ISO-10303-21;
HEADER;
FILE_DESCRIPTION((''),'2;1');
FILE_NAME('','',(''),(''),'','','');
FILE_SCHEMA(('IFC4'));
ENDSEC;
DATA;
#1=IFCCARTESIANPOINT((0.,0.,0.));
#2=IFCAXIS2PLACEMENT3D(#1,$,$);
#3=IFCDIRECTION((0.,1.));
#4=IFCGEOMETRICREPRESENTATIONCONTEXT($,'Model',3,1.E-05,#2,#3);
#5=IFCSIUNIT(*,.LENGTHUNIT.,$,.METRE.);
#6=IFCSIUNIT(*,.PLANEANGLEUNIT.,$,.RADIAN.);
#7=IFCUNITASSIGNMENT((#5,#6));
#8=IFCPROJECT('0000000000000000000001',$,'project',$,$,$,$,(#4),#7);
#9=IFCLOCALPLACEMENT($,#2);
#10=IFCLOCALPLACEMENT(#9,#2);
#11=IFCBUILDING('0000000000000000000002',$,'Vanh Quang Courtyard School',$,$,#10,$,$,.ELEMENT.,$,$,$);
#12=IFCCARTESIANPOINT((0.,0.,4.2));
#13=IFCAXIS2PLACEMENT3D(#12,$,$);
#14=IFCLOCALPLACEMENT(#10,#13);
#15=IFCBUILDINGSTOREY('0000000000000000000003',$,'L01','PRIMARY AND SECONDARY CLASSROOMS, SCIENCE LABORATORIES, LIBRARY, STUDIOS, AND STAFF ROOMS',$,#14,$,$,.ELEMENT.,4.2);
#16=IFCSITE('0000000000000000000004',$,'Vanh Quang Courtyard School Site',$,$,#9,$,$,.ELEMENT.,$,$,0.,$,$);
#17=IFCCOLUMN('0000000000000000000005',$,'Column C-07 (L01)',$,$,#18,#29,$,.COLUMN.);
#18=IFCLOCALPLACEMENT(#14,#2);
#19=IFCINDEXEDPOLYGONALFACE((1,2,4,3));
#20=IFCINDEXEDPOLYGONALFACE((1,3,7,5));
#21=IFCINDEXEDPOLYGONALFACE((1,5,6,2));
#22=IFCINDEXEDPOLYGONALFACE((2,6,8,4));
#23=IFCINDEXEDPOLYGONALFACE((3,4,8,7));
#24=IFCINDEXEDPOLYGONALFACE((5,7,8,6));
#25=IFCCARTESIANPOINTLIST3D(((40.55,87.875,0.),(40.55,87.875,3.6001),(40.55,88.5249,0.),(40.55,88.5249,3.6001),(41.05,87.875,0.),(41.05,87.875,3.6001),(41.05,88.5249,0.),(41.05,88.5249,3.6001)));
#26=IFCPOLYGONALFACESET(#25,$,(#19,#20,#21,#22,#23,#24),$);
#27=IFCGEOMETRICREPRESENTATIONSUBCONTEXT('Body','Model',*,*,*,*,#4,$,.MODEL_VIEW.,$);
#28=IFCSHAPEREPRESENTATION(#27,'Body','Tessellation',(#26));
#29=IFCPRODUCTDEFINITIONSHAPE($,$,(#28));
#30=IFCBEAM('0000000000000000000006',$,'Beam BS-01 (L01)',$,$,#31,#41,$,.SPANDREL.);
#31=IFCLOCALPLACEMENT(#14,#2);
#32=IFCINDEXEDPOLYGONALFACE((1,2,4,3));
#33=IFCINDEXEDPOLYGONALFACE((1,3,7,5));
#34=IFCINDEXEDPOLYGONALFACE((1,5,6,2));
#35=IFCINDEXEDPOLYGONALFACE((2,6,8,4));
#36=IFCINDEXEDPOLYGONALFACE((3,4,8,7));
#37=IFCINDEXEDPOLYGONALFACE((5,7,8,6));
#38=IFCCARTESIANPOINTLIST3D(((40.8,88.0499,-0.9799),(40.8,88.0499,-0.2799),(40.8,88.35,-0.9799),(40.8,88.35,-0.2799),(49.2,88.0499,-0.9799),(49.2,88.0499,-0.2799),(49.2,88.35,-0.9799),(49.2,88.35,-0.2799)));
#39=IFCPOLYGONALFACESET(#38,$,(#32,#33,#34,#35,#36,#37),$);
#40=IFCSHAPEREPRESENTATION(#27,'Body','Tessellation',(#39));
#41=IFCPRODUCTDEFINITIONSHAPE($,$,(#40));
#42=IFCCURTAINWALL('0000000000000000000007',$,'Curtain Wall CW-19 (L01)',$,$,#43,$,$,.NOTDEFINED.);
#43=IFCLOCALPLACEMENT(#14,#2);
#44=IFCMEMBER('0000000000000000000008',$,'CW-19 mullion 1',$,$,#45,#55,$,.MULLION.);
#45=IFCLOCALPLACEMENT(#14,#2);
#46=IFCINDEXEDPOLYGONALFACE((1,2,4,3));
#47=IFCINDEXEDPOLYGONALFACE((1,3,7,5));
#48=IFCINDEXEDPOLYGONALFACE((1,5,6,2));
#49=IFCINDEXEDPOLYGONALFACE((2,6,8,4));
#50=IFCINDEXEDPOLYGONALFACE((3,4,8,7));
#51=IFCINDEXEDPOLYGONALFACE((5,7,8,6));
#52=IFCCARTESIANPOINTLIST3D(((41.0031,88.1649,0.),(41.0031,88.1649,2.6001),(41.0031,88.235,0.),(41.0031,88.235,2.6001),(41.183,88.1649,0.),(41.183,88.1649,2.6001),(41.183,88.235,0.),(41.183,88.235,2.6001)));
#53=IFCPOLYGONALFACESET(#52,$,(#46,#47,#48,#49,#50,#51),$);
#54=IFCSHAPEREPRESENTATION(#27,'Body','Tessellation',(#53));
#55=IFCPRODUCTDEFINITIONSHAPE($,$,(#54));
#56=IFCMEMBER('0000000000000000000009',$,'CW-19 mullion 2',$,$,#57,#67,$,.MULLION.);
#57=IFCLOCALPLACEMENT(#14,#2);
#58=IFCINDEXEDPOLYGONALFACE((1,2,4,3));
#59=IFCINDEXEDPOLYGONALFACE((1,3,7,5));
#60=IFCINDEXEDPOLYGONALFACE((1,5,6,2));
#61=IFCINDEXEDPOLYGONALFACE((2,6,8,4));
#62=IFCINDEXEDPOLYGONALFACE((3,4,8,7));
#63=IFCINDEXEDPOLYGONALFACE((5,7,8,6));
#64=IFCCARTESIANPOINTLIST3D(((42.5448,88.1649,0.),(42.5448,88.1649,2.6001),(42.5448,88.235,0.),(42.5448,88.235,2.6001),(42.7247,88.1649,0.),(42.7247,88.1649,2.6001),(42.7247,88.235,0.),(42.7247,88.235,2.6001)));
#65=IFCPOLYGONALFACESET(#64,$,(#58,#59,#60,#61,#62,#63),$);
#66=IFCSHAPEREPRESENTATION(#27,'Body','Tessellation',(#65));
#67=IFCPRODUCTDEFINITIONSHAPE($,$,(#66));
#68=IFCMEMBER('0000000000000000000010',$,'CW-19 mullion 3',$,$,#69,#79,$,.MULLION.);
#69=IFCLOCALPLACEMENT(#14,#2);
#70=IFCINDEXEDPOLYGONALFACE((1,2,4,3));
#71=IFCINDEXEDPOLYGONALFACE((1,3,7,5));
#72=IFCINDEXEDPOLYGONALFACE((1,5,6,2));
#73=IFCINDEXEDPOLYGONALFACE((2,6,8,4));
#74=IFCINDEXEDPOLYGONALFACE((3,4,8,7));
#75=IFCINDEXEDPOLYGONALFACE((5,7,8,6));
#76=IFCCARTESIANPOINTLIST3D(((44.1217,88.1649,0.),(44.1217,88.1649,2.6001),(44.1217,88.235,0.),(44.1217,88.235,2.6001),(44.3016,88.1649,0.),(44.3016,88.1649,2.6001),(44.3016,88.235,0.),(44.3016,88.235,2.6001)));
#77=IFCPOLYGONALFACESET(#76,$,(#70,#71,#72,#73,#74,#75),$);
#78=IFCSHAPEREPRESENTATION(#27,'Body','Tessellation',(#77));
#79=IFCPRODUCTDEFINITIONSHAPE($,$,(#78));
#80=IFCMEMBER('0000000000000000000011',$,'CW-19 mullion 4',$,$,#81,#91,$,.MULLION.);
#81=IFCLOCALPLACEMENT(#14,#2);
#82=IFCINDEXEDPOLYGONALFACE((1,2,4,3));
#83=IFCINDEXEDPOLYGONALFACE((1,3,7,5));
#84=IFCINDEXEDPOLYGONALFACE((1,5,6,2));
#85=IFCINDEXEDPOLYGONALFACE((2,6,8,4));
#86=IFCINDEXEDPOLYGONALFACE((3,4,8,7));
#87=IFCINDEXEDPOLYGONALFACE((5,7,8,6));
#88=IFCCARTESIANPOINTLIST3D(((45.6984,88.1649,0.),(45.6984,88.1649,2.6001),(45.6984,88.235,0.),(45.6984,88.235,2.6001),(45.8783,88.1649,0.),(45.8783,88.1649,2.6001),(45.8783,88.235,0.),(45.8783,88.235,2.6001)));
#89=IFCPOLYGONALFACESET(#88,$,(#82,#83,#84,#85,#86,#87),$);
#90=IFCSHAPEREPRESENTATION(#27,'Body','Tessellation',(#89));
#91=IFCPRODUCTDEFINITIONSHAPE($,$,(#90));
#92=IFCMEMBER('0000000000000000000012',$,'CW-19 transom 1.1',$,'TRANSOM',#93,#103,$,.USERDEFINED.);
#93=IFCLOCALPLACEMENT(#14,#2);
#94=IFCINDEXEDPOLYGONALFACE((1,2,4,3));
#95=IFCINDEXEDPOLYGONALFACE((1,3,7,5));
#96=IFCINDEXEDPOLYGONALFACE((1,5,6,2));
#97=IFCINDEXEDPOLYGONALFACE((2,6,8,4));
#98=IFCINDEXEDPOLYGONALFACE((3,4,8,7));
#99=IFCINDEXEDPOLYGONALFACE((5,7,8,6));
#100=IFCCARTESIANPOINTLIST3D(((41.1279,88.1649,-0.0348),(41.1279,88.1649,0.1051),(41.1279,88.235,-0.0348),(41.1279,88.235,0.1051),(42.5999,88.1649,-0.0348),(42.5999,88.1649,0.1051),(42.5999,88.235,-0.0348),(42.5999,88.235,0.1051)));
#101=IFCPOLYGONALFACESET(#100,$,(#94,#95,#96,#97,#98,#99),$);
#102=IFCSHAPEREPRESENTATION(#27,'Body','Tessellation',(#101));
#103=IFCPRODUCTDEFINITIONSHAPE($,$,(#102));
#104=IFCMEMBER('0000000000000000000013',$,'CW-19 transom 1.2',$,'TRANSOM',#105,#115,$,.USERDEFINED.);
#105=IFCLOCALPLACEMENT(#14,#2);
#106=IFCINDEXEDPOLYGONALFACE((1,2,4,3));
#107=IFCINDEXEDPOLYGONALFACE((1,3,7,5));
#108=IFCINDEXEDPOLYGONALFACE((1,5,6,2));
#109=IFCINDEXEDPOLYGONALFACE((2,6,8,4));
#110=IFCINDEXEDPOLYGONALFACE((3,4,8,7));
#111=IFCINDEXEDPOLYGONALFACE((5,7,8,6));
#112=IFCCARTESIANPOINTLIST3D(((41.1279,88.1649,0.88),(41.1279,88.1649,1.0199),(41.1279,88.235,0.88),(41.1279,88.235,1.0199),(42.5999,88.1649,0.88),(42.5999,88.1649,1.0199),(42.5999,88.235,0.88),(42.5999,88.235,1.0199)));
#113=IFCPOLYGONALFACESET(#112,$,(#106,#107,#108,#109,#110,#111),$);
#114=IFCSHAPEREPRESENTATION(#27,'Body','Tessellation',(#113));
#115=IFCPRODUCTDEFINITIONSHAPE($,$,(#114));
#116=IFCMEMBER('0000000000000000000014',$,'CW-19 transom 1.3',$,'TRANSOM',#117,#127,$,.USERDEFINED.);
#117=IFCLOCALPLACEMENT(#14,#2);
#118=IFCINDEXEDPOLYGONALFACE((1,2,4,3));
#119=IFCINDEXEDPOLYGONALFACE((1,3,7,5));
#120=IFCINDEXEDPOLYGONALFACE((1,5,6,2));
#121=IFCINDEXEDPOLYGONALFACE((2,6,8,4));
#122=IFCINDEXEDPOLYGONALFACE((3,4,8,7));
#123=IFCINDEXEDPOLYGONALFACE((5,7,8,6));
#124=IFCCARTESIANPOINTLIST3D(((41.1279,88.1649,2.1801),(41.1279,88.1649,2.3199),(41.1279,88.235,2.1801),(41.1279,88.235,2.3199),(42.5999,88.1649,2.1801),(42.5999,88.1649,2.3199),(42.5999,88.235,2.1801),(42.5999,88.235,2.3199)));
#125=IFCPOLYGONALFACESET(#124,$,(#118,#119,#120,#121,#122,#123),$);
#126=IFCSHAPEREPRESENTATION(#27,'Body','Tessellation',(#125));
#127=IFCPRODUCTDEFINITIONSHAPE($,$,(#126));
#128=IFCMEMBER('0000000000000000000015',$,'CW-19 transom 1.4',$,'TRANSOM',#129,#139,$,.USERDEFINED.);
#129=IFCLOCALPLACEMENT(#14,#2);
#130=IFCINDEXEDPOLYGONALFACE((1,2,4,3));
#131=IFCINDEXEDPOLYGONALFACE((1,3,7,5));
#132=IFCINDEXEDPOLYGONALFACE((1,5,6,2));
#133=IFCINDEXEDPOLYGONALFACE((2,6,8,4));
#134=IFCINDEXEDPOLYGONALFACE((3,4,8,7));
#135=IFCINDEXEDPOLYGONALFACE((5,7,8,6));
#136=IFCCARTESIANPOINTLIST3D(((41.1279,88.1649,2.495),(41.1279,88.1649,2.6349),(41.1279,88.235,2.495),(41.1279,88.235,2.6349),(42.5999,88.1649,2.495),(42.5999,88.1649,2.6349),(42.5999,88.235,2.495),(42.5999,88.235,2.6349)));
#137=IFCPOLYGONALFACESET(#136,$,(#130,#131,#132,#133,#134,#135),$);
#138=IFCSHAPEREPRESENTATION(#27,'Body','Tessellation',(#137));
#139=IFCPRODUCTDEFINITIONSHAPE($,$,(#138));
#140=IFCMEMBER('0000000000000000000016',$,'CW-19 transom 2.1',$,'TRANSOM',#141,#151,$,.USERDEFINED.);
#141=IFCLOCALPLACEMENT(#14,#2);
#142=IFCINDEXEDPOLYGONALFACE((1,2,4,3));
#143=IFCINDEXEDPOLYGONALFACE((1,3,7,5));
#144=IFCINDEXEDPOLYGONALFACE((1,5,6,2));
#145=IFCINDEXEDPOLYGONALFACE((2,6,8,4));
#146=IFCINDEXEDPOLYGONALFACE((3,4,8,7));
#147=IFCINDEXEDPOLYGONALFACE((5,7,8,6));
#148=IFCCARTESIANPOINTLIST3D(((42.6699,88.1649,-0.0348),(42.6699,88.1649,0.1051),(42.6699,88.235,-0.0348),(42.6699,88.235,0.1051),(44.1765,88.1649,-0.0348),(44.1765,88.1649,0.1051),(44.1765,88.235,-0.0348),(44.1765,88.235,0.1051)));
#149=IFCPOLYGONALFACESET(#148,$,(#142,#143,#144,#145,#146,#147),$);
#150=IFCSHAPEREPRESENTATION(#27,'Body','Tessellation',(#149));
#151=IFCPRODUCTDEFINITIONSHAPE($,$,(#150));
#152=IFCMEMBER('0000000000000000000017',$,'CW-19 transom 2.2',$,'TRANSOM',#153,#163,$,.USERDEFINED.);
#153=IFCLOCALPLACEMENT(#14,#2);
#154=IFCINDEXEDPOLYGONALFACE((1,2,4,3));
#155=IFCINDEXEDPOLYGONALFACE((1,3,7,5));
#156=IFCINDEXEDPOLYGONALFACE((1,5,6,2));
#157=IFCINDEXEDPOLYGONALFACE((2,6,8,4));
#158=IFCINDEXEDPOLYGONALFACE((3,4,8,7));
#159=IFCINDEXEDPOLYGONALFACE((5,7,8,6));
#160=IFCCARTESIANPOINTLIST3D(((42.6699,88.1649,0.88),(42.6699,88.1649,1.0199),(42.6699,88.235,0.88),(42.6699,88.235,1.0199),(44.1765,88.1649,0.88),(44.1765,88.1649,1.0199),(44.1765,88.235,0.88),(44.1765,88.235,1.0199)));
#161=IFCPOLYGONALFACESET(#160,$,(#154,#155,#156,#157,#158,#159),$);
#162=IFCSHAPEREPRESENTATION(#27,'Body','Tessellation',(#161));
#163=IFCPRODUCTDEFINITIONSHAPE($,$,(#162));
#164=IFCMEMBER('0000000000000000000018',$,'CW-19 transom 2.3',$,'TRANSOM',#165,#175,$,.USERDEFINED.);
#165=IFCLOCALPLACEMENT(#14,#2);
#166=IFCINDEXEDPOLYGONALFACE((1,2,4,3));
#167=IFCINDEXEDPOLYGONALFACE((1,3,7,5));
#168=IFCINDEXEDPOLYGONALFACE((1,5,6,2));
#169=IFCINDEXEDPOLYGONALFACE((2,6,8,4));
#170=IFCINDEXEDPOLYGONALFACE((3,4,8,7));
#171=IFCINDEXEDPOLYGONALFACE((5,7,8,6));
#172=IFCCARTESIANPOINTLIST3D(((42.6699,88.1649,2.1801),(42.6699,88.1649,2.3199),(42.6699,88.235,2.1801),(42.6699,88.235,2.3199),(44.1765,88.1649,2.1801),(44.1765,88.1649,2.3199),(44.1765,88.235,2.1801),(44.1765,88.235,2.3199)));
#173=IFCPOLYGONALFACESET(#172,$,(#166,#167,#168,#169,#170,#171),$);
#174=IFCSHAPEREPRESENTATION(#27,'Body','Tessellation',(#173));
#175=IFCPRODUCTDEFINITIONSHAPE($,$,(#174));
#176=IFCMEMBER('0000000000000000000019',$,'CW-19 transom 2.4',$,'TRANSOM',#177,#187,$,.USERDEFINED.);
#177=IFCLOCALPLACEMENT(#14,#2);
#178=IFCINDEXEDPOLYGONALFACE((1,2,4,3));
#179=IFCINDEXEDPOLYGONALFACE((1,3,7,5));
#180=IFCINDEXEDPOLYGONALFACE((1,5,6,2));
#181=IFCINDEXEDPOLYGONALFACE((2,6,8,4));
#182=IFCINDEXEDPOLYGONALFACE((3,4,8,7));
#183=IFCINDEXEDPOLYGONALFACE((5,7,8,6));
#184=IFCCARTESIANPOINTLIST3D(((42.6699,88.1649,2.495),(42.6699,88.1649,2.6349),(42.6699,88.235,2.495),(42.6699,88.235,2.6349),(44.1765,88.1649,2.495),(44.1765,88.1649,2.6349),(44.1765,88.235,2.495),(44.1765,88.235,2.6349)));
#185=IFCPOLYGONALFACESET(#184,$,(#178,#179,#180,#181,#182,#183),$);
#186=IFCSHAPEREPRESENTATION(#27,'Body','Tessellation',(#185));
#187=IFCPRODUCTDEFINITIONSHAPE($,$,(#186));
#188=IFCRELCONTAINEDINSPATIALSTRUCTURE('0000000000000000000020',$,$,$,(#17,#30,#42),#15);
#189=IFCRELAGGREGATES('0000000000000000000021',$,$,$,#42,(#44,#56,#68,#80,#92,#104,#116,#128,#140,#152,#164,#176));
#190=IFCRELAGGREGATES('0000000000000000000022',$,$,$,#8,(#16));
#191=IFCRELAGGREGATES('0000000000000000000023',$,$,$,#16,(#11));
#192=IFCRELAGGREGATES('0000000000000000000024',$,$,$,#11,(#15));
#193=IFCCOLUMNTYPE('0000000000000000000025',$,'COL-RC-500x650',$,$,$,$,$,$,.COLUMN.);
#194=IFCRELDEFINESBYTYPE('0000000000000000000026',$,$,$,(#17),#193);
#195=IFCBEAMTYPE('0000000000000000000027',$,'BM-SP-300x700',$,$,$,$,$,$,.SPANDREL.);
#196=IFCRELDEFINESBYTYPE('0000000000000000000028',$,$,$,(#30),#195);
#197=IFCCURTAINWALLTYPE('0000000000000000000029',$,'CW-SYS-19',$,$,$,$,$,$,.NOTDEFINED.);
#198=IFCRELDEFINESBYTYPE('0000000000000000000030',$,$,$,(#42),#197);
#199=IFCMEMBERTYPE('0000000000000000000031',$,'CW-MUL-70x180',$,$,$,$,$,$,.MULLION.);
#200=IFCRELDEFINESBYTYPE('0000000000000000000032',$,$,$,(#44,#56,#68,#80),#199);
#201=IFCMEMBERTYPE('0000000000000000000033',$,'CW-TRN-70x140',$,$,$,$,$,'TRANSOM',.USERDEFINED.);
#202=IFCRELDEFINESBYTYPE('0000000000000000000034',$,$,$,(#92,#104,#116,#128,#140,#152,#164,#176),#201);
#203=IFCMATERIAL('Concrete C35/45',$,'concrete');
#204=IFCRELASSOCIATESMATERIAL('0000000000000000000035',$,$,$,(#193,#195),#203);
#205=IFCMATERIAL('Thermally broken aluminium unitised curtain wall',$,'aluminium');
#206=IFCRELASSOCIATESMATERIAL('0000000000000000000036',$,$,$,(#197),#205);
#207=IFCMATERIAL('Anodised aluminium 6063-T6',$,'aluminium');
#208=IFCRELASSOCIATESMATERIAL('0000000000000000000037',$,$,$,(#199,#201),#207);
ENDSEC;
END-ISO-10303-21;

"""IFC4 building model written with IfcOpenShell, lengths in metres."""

from ifc_helpers import new_model, si_unit, direction, frame, origin, origin_2d, place, context, subcontext, project, spatial, rectangle, extrude, material, material_profile, profile_set, type_object, element, aggregate, save


model = new_model("IFC4")

# Units and contexts
model_context = context("Model", 3, precision=1e-05, world=origin(), true_north=direction((0.0, 1.0)))
body_context = subcontext(model_context, "Body", "Model", "MODEL_VIEW")
ifc_project = project(units=[si_unit("LENGTHUNIT", "METRE"), si_unit("PLANEANGLEUNIT", "RADIAN")], contexts=[model_context])

# Site, building, storey
site_placement = place(None, origin())
site = spatial("IfcSite", under=ifc_project, at=site_placement, Name="Vanh Quang Courtyard School Site", CompositionType="ELEMENT", RefElevation=0.0)
building_placement = place(site_placement, origin())
building = spatial("IfcBuilding", under=site, at=building_placement, Name="Vanh Quang Courtyard School", CompositionType="ELEMENT")
storey_placement = place(building_placement, frame((0.0, 0.0, 4.2)))
storey = spatial("IfcBuildingStorey", under=building, at=storey_placement, Name="L01", Description="PRIMARY AND SECONDARY CLASSROOMS, SCIENCE LABORATORIES, LIBRARY, STUDIOS, AND STAFF ROOMS", CompositionType="ELEMENT", Elevation=4.2)

# Column
ifc_material_1 = material(Name="Concrete C35/45", Category="concrete")
ifc_material_profile_1 = material_profile(ifc_material_1, rectangle(XDim=0.5, YDim=0.6499, at=origin_2d()), Name="RC-COL 500x650")
ifc_profile_set_1 = profile_set([ifc_material_profile_1], Name="Concrete C35/45")
column_type = type_object("IfcColumnType", Name="COL-RC-500x650", PredefinedType="COLUMN", material=ifc_profile_set_1)
column_placement = place(storey_placement, frame((40.8, 88.2, 0.0), z_axis=(0.0, 0.0, 1.0), x_axis=(1.0, 0.0, 0.0)))
element("IfcColumn", 1, at=column_placement, inside=storey, type_object=column_type, Name="Column C-07 (L01)", PredefinedType="COLUMN", context=body_context, shape_type="SweptSolid", body=[
    extrude(rectangle(XDim=0.5, YDim=0.6499, at=origin_2d()), origin(), (0.0, 0.0, 1.0), 3.6001),
])

# Beam
ifc_material_profile_2 = material_profile(ifc_material_1, rectangle(XDim=0.3, YDim=0.7, at=origin_2d()), Name="RC-SP 300x700")
ifc_profile_set_2 = profile_set([ifc_material_profile_2], Name="Concrete C35/45")
beam_type_1 = type_object("IfcBeamType", Name="BM-SP-300x700", PredefinedType="SPANDREL", material=ifc_profile_set_2)
beam_placement = place(storey_placement, frame((40.8, 88.2, -0.6299), z_axis=(1.0, 0.0, 0.0), x_axis=(0.0, 1.0, 0.0)))
element("IfcBeam", 2, at=beam_placement, inside=storey, type_object=beam_type_1, Name="Beam BS-01 (L01)", PredefinedType="SPANDREL", context=body_context, shape_type="SweptSolid", body=[
    extrude(rectangle(XDim=0.3, YDim=0.7, at=origin_2d()), origin(), (0.0, 0.0, 1.0), 8.3999),
])

# Curtain wall, members
ifc_material_2 = material(Name="Thermally broken aluminium unitised curtain wall", Category="aluminium")
curtain_wall_type = type_object("IfcCurtainWallType", Name="CW-SYS-19", PredefinedType="NOTDEFINED", material=ifc_material_2)
curtain_wall_placement = place(storey_placement, origin())
curtain_wall = element("IfcCurtainWall", 3, at=curtain_wall_placement, inside=storey, type_object=curtain_wall_type, Name="Curtain Wall CW-19 (L01)", PredefinedType="NOTDEFINED")
ifc_material_3 = material(Name="Anodised aluminium 6063-T6", Category="aluminium")
ifc_material_profile_3 = material_profile(ifc_material_3, rectangle(XDim=0.0701, YDim=0.1799, at=origin_2d()), Name="ALU-MUL 70x180")
ifc_profile_set_3 = profile_set([ifc_material_profile_3], Name="Anodised aluminium 6063-T6")
member_type_1 = type_object("IfcMemberType", Name="CW-MUL-70x180", PredefinedType="MULLION", material=ifc_profile_set_3)
member_1_placement = place(storey_placement, frame((41.093, 88.2, 0.0), z_axis=(0.0, 0.0, 1.0), x_axis=(0.0, 1.0, 0.0)))
member_1 = element("IfcMember", 4, at=member_1_placement, type_object=member_type_1, Name="CW-19 mullion 1", PredefinedType="MULLION", context=body_context, shape_type="SweptSolid", body=[
    extrude(rectangle(XDim=0.0701, YDim=0.1799, at=origin_2d()), origin(), (0.0, 0.0, 1.0), 2.6001),
])
member_2_placement = place(storey_placement, frame((42.6348, 88.2, 0.0), z_axis=(0.0, 0.0, 1.0), x_axis=(0.0, 1.0, 0.0)))
member_2 = element("IfcMember", 5, at=member_2_placement, type_object=member_type_1, Name="CW-19 mullion 2", PredefinedType="MULLION", context=body_context, shape_type="SweptSolid", body=[
    extrude(rectangle(XDim=0.0701, YDim=0.1799, at=origin_2d()), origin(), (0.0, 0.0, 1.0), 2.6001),
])
member_3_placement = place(storey_placement, frame((44.2117, 88.2, 0.0), z_axis=(0.0, 0.0, 1.0), x_axis=(0.0, 1.0, 0.0)))
member_3 = element("IfcMember", 6, at=member_3_placement, type_object=member_type_1, Name="CW-19 mullion 3", PredefinedType="MULLION", context=body_context, shape_type="SweptSolid", body=[
    extrude(rectangle(XDim=0.0701, YDim=0.1799, at=origin_2d()), origin(), (0.0, 0.0, 1.0), 2.6001),
])
member_4_placement = place(storey_placement, frame((45.7883, 88.2, 0.0), z_axis=(0.0, 0.0, 1.0), x_axis=(0.0, 1.0, 0.0)))
member_4 = element("IfcMember", 7, at=member_4_placement, type_object=member_type_1, Name="CW-19 mullion 4", PredefinedType="MULLION", context=body_context, shape_type="SweptSolid", body=[
    extrude(rectangle(XDim=0.0701, YDim=0.1799, at=origin_2d()), origin(), (0.0, 0.0, 1.0), 2.6001),
])
ifc_material_profile_4 = material_profile(ifc_material_3, rectangle(XDim=0.0701, YDim=0.1399, at=origin_2d()), Name="ALU-TRN 70x140")
ifc_profile_set_4 = profile_set([ifc_material_profile_4], Name="Anodised aluminium 6063-T6")
member_type_2 = type_object("IfcMemberType", Name="CW-TRN-70x140", ElementType="TRANSOM", PredefinedType="USERDEFINED", material=ifc_profile_set_4)
member_5_placement = place(storey_placement, frame((41.1279, 88.2, 0.0352), z_axis=(1.0, 0.0, 0.0), x_axis=(0.0, 1.0, 0.0)))
member_5 = element("IfcMember", 8, at=member_5_placement, type_object=member_type_2, Name="CW-19 transom 1.1", ObjectType="TRANSOM", PredefinedType="USERDEFINED", context=body_context, shape_type="SweptSolid", body=[
    extrude(rectangle(XDim=0.0701, YDim=0.1399, at=origin_2d()), origin(), (0.0, 0.0, 1.0), 1.4719),
])
member_6_placement = place(storey_placement, frame((41.1279, 88.2, 0.95), z_axis=(1.0, 0.0, 0.0), x_axis=(0.0, 1.0, 0.0)))
member_6 = element("IfcMember", 9, at=member_6_placement, type_object=member_type_2, Name="CW-19 transom 1.2", ObjectType="TRANSOM", PredefinedType="USERDEFINED", context=body_context, shape_type="SweptSolid", body=[
    extrude(rectangle(XDim=0.0701, YDim=0.1399, at=origin_2d()), origin(), (0.0, 0.0, 1.0), 1.4719),
])
member_7_placement = place(storey_placement, frame((41.1279, 88.2, 2.25), z_axis=(1.0, 0.0, 0.0), x_axis=(0.0, 1.0, 0.0)))
member_7 = element("IfcMember", 10, at=member_7_placement, type_object=member_type_2, Name="CW-19 transom 1.3", ObjectType="TRANSOM", PredefinedType="USERDEFINED", context=body_context, shape_type="SweptSolid", body=[
    extrude(rectangle(XDim=0.0701, YDim=0.1399, at=origin_2d()), origin(), (0.0, 0.0, 1.0), 1.4719),
])
member_8_placement = place(storey_placement, frame((41.1279, 88.2, 2.5649), z_axis=(1.0, 0.0, 0.0), x_axis=(0.0, 1.0, 0.0)))
member_8 = element("IfcMember", 11, at=member_8_placement, type_object=member_type_2, Name="CW-19 transom 1.4", ObjectType="TRANSOM", PredefinedType="USERDEFINED", context=body_context, shape_type="SweptSolid", body=[
    extrude(rectangle(XDim=0.0701, YDim=0.1399, at=origin_2d()), origin(), (0.0, 0.0, 1.0), 1.4719),
])
member_9_placement = place(storey_placement, frame((42.6699, 88.2, 0.0352), z_axis=(1.0, 0.0, 0.0), x_axis=(0.0, 1.0, 0.0)))
member_9 = element("IfcMember", 12, at=member_9_placement, type_object=member_type_2, Name="CW-19 transom 2.1", ObjectType="TRANSOM", PredefinedType="USERDEFINED", context=body_context, shape_type="SweptSolid", body=[
    extrude(rectangle(XDim=0.0701, YDim=0.1399, at=origin_2d()), origin(), (0.0, 0.0, 1.0), 1.5066),
])
member_10_placement = place(storey_placement, frame((42.6699, 88.2, 0.95), z_axis=(1.0, 0.0, 0.0), x_axis=(0.0, 1.0, 0.0)))
member_10 = element("IfcMember", 13, at=member_10_placement, type_object=member_type_2, Name="CW-19 transom 2.2", ObjectType="TRANSOM", PredefinedType="USERDEFINED", context=body_context, shape_type="SweptSolid", body=[
    extrude(rectangle(XDim=0.0701, YDim=0.1399, at=origin_2d()), origin(), (0.0, 0.0, 1.0), 1.5066),
])
member_11_placement = place(storey_placement, frame((42.6699, 88.2, 2.25), z_axis=(1.0, 0.0, 0.0), x_axis=(0.0, 1.0, 0.0)))
member_11 = element("IfcMember", 14, at=member_11_placement, type_object=member_type_2, Name="CW-19 transom 2.3", ObjectType="TRANSOM", PredefinedType="USERDEFINED", context=body_context, shape_type="SweptSolid", body=[
    extrude(rectangle(XDim=0.0701, YDim=0.1399, at=origin_2d()), origin(), (0.0, 0.0, 1.0), 1.5066),
])
member_12_placement = place(storey_placement, frame((42.6699, 88.2, 2.5649), z_axis=(1.0, 0.0, 0.0), x_axis=(0.0, 1.0, 0.0)))
member_12 = element("IfcMember", 15, at=member_12_placement, type_object=member_type_2, Name="CW-19 transom 2.4", ObjectType="TRANSOM", PredefinedType="USERDEFINED", context=body_context, shape_type="SweptSolid", body=[
    extrude(rectangle(XDim=0.0701, YDim=0.1399, at=origin_2d()), origin(), (0.0, 0.0, 1.0), 1.5066),
])

aggregate(curtain_wall, [member_1, member_2, member_3, member_4, member_5, member_6, member_7, member_8, member_9, member_10, member_11, member_12])

save(model, "model.ifc")
